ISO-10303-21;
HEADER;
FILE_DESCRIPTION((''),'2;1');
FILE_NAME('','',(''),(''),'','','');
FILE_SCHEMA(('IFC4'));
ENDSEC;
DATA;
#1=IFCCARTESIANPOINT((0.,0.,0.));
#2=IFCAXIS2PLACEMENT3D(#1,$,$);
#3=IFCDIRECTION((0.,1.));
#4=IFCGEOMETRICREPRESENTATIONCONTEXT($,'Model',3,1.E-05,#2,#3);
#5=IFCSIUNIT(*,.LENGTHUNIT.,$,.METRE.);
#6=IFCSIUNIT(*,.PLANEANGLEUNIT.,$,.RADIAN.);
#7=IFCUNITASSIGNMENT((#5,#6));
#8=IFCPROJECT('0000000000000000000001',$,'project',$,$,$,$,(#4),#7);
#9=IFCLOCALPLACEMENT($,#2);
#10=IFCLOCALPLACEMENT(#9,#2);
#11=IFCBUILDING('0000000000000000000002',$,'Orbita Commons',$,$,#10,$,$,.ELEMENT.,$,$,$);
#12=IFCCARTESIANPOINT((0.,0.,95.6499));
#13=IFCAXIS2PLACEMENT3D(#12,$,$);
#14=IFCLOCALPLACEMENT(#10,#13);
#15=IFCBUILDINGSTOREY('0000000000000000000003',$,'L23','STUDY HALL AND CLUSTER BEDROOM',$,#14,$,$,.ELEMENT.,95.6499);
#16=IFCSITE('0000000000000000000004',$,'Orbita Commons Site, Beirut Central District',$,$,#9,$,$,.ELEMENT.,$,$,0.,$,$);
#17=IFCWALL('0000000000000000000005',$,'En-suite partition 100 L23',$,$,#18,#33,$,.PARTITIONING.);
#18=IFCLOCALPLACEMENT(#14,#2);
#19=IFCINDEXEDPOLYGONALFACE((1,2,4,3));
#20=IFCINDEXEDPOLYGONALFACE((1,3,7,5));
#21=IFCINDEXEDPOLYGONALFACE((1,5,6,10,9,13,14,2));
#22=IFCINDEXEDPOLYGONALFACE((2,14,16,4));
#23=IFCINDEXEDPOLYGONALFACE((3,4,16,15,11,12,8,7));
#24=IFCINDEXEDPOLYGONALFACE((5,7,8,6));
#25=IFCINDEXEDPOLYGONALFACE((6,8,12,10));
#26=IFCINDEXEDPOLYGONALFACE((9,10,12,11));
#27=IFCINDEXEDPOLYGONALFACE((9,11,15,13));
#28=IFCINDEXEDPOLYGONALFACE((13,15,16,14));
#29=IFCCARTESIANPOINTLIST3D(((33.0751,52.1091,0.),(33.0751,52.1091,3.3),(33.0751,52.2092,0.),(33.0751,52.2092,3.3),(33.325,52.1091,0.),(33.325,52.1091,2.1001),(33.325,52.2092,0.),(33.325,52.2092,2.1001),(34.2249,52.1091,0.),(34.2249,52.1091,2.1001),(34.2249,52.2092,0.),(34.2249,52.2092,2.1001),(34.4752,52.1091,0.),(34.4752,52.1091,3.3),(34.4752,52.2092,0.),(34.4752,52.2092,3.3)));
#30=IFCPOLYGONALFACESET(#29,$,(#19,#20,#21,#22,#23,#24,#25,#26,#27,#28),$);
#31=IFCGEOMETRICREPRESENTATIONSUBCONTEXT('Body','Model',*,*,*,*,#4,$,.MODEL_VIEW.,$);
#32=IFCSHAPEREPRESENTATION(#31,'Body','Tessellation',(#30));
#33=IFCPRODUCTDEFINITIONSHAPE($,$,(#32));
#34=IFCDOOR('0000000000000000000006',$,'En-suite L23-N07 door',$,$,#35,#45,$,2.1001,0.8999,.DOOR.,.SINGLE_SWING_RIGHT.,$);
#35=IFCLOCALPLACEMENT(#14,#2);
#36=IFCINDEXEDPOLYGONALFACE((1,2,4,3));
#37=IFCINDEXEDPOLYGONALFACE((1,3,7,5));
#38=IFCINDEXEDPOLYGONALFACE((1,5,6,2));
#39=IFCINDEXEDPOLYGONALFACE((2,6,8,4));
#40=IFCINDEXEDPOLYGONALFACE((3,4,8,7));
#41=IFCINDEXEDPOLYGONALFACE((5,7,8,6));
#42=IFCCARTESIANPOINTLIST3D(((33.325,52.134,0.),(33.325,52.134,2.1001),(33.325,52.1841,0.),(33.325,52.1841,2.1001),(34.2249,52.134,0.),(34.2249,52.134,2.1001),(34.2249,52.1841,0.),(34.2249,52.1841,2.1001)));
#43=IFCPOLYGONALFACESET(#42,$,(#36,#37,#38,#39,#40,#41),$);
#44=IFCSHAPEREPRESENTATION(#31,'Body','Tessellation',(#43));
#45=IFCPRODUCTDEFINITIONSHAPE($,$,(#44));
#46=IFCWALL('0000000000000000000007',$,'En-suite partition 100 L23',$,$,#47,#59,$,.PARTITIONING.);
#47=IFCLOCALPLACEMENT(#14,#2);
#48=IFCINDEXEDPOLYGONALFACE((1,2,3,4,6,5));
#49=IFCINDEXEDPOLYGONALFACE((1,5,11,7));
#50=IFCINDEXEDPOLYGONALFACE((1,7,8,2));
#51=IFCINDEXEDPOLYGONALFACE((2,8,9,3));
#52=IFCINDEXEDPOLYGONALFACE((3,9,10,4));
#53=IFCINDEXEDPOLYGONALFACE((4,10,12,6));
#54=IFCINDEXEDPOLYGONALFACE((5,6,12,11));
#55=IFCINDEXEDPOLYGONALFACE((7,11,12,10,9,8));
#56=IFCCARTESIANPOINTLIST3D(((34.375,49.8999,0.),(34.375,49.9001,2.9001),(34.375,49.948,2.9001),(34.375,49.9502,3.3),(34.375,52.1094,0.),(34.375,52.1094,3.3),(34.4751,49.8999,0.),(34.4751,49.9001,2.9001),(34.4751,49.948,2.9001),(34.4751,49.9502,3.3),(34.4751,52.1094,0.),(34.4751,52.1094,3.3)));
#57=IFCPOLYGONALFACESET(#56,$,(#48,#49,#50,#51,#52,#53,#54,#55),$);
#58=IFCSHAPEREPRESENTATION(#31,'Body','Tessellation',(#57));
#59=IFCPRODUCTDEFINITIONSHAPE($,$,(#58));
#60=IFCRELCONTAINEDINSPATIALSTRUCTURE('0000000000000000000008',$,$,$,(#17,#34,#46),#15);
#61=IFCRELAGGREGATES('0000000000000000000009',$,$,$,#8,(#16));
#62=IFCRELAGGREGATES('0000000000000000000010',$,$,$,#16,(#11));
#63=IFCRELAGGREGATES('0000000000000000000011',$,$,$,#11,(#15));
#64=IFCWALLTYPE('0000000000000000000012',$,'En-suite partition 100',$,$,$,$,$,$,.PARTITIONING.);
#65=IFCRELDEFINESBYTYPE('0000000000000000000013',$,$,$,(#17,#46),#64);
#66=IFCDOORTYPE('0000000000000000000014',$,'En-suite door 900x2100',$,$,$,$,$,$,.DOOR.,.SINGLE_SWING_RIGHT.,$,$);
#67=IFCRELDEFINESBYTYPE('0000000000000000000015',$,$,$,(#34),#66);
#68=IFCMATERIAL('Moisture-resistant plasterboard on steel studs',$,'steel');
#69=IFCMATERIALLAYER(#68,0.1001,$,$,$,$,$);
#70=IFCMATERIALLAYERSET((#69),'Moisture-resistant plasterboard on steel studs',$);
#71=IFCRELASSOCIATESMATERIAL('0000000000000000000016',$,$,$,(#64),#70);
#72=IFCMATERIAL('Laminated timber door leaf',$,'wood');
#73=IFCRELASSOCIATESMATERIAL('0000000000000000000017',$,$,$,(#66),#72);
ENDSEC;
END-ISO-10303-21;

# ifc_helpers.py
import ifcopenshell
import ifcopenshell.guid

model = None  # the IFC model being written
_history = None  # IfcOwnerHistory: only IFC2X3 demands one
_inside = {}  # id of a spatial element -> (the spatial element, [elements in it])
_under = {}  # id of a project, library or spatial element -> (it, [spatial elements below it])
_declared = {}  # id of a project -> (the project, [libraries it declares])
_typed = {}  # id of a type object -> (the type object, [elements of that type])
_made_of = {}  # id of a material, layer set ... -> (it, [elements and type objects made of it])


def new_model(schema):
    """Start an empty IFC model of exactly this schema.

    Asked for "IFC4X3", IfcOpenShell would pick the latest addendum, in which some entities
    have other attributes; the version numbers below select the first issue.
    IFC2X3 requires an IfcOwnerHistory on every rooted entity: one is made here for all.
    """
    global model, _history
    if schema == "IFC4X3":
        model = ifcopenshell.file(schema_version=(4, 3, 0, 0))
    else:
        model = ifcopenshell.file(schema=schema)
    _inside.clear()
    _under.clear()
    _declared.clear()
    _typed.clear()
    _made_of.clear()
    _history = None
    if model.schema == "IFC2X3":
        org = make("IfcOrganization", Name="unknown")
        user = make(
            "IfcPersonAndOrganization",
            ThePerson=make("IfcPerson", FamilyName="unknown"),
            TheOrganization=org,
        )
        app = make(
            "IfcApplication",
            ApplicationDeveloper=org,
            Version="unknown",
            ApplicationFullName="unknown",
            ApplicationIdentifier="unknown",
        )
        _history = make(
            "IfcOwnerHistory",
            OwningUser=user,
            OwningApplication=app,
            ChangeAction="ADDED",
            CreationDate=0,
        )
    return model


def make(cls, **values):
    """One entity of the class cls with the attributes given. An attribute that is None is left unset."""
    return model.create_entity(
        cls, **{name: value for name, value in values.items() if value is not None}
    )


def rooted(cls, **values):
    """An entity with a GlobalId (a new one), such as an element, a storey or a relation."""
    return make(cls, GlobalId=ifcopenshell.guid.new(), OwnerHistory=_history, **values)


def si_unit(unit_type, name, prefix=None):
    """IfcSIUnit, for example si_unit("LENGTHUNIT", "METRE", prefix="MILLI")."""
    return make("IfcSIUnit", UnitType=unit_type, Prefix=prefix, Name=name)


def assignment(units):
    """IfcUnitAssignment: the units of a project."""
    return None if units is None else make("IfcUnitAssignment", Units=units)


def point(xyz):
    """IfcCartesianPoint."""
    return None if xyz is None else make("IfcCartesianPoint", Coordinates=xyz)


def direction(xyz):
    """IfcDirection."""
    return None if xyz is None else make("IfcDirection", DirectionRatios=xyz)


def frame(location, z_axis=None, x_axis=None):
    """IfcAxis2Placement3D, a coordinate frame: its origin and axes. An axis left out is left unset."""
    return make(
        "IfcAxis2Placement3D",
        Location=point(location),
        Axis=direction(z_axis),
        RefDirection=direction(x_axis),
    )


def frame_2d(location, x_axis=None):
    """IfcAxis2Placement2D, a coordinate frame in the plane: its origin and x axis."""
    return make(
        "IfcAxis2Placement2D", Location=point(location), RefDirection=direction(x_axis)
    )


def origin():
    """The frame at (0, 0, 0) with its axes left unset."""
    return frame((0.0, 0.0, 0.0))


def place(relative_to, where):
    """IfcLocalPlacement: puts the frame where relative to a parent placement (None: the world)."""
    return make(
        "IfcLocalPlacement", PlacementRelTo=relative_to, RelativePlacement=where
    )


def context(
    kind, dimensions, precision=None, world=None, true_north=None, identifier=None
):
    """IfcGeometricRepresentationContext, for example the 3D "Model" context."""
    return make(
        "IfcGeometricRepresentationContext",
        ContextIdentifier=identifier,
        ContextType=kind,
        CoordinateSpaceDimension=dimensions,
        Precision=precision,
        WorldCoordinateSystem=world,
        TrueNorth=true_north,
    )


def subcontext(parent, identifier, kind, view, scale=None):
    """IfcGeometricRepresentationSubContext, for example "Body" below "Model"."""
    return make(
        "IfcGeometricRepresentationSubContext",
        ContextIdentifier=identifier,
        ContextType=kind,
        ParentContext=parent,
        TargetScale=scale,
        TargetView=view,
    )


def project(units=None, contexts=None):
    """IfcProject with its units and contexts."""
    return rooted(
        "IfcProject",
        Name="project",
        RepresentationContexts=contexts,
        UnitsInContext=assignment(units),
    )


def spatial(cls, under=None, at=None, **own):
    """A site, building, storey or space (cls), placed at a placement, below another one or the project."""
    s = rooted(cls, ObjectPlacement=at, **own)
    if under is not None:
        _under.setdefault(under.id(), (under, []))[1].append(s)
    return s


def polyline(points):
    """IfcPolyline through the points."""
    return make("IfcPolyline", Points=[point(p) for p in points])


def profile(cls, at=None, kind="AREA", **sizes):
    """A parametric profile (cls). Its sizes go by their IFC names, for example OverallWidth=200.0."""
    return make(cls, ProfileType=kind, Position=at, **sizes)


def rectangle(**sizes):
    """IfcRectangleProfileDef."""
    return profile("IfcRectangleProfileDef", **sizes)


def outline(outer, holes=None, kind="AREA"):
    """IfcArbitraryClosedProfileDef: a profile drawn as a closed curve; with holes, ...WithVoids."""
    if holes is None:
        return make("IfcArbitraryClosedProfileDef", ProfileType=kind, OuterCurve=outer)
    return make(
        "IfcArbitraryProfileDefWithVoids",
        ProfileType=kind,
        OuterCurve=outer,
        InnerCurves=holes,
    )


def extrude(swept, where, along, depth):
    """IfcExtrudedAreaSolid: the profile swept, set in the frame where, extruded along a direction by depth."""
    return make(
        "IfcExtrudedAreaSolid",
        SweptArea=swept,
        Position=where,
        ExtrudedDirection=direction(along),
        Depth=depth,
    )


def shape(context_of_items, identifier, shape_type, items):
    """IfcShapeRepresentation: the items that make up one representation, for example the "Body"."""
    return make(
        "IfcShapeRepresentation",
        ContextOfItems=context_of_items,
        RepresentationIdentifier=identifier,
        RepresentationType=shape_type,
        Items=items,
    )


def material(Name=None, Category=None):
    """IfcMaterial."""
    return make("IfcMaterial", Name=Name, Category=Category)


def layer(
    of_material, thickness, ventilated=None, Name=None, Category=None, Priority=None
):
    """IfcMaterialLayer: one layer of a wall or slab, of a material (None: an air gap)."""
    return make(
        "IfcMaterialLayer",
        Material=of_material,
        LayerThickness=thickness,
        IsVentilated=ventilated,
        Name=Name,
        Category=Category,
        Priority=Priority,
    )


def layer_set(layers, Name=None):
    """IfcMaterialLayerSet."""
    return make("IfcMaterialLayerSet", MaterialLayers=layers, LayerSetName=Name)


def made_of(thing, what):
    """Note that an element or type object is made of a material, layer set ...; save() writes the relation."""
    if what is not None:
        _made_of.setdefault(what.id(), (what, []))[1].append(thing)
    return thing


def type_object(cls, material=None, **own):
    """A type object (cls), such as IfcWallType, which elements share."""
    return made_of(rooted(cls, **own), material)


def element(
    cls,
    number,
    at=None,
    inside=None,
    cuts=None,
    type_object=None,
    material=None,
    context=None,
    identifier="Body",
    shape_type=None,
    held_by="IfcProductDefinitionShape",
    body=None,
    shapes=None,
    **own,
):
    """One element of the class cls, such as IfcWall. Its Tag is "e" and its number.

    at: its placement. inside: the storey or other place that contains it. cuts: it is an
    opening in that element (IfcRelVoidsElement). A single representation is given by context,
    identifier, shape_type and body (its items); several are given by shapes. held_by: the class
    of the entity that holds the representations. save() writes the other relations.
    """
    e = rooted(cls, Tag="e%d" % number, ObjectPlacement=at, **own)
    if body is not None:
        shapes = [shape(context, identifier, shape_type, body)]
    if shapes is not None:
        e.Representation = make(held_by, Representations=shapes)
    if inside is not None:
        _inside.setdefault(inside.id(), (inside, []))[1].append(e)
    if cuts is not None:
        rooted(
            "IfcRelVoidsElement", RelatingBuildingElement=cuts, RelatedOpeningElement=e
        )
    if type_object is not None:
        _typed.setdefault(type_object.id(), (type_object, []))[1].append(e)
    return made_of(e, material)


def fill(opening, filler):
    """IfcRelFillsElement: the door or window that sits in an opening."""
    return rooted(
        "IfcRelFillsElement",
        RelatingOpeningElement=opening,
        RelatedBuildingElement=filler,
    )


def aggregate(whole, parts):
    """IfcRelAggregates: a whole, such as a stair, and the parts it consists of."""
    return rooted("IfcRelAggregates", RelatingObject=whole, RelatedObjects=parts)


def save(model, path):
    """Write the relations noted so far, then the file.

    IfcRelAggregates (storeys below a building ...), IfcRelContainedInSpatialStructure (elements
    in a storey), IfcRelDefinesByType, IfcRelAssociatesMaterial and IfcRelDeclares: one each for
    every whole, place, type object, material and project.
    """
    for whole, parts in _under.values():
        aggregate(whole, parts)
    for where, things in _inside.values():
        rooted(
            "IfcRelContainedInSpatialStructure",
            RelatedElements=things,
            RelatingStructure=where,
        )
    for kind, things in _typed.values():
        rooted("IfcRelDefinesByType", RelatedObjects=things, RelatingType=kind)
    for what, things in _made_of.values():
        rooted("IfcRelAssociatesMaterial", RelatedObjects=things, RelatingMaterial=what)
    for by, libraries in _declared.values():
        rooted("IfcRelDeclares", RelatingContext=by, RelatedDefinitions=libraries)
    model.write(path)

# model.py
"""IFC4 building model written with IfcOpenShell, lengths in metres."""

from ifc_helpers import new_model, si_unit, direction, frame, frame_2d, origin, place, context, subcontext, project, spatial, polyline, rectangle, outline, extrude, material, layer, layer_set, type_object, element, fill, save


model = new_model("IFC4")

# Units and contexts
model_context = context("Model", 3, precision=1e-05, world=origin(), true_north=direction((0.0, 1.0)))
body_context = subcontext(model_context, "Body", "Model", "MODEL_VIEW")
ifc_project = project(units=[si_unit("LENGTHUNIT", "METRE"), si_unit("PLANEANGLEUNIT", "RADIAN")], contexts=[model_context])

# Site, building, storey
site_placement = place(None, origin())
site = spatial("IfcSite", under=ifc_project, at=site_placement, Name="Orbita Commons Site, Beirut Central District", CompositionType="ELEMENT", RefElevation=0.0)
building_placement = place(site_placement, origin())
building = spatial("IfcBuilding", under=site, at=building_placement, Name="Orbita Commons", CompositionType="ELEMENT")
storey_placement = place(building_placement, frame((0.0, 0.0, 95.6499)))
storey = spatial("IfcBuildingStorey", under=building, at=storey_placement, Name="L23", Description="STUDY HALL AND CLUSTER BEDROOM", CompositionType="ELEMENT", Elevation=95.6499)

# Shared definitions
ifc_material_1 = material(Name="Moisture-resistant plasterboard on steel studs", Category="steel")
ifc_layer_1 = layer(ifc_material_1, 0.1001)
ifc_layer_set_1 = layer_set([ifc_layer_1], Name="Moisture-resistant plasterboard on steel studs")
wall_type_1 = type_object("IfcWallType", Name="En-suite partition 100", PredefinedType="PARTITIONING", material=ifc_layer_set_1)
ifc_material_2 = material(Name="Laminated timber door leaf", Category="wood")
door_type_1 = type_object("IfcDoorType", Name="En-suite door 900x2100", OperationType="SINGLE_SWING_RIGHT", PredefinedType="DOOR", material=ifc_material_2)

# Wall, opening, door
wall_1_placement = place(storey_placement, frame((33.075, 52.1592, 0.0), z_axis=(0.0, 0.0, 1.0), x_axis=(1.0, 0.0, 0.0)))
wall_1 = element("IfcWall", 1, at=wall_1_placement, inside=storey, type_object=wall_type_1, Name="En-suite partition 100 L23", PredefinedType="PARTITIONING", context=body_context, shape_type="SweptSolid", body=[
    extrude(rectangle(XDim=1.4001, YDim=0.1001, at=frame_2d((0.7002, 0.0))), origin(), (0.0, 0.0, 1.0), 3.3),
])
opening_1_placement = place(wall_1_placement, frame((0.25, 0.0, 0.0)))
opening_1 = element("IfcOpeningElement", 2, at=opening_1_placement, cuts=wall_1, PredefinedType="OPENING", context=body_context, shape_type="SweptSolid", body=[
    extrude(rectangle(XDim=0.8999, YDim=2.1001, at=frame_2d((0.45, 1.05))), frame((0.0, 0.0601, 0.0), z_axis=(0.0, -1.0, 0.0), x_axis=(1.0, 0.0, 0.0)), (0.0, 0.0, 1.0), 0.1201),
])
door_1_placement = place(opening_1_placement, origin())
door_1 = element("IfcDoor", 3, at=door_1_placement, inside=storey, type_object=door_type_1, Name="En-suite L23-N07 door", OperationType="SINGLE_SWING_RIGHT", OverallHeight=2.1001, OverallWidth=0.8999, PredefinedType="DOOR", context=body_context, shape_type="SweptSolid", body=[
    extrude(rectangle(XDim=0.8999, YDim=2.1001, at=frame_2d((0.45, 1.05))), frame((0.0, 0.0249, 0.0), z_axis=(0.0, -1.0, 0.0), x_axis=(1.0, 0.0, 0.0)), (0.0, 0.0, 1.0), 0.05),
])
fill(opening_1, door_1)

# Wall
wall_2_placement = place(storey_placement, frame((34.425, 52.1094, 0.0), z_axis=(0.0, 0.0, 1.0), x_axis=(0.0, -1.0, 0.0)))
element("IfcWall", 4, at=wall_2_placement, inside=storey, type_object=wall_type_1, Name="En-suite partition 100 L23", PredefinedType="PARTITIONING", context=body_context, shape_type="SweptSolid", body=[
    extrude(outline(polyline([(0.0, 0.0), (2.2095, 0.0), (2.2092, 2.9001), (2.1614, 2.9001), (2.1592, 3.3), (0.0, 3.3), (0.0, 0.0)])), frame((0.0, 0.05, 0.0), z_axis=(0.0, -1.0, 0.0), x_axis=(1.0, 0.0, 0.0)), (0.0, 0.0, 1.0), 0.1001),
])

save(model, "model.ifc")
